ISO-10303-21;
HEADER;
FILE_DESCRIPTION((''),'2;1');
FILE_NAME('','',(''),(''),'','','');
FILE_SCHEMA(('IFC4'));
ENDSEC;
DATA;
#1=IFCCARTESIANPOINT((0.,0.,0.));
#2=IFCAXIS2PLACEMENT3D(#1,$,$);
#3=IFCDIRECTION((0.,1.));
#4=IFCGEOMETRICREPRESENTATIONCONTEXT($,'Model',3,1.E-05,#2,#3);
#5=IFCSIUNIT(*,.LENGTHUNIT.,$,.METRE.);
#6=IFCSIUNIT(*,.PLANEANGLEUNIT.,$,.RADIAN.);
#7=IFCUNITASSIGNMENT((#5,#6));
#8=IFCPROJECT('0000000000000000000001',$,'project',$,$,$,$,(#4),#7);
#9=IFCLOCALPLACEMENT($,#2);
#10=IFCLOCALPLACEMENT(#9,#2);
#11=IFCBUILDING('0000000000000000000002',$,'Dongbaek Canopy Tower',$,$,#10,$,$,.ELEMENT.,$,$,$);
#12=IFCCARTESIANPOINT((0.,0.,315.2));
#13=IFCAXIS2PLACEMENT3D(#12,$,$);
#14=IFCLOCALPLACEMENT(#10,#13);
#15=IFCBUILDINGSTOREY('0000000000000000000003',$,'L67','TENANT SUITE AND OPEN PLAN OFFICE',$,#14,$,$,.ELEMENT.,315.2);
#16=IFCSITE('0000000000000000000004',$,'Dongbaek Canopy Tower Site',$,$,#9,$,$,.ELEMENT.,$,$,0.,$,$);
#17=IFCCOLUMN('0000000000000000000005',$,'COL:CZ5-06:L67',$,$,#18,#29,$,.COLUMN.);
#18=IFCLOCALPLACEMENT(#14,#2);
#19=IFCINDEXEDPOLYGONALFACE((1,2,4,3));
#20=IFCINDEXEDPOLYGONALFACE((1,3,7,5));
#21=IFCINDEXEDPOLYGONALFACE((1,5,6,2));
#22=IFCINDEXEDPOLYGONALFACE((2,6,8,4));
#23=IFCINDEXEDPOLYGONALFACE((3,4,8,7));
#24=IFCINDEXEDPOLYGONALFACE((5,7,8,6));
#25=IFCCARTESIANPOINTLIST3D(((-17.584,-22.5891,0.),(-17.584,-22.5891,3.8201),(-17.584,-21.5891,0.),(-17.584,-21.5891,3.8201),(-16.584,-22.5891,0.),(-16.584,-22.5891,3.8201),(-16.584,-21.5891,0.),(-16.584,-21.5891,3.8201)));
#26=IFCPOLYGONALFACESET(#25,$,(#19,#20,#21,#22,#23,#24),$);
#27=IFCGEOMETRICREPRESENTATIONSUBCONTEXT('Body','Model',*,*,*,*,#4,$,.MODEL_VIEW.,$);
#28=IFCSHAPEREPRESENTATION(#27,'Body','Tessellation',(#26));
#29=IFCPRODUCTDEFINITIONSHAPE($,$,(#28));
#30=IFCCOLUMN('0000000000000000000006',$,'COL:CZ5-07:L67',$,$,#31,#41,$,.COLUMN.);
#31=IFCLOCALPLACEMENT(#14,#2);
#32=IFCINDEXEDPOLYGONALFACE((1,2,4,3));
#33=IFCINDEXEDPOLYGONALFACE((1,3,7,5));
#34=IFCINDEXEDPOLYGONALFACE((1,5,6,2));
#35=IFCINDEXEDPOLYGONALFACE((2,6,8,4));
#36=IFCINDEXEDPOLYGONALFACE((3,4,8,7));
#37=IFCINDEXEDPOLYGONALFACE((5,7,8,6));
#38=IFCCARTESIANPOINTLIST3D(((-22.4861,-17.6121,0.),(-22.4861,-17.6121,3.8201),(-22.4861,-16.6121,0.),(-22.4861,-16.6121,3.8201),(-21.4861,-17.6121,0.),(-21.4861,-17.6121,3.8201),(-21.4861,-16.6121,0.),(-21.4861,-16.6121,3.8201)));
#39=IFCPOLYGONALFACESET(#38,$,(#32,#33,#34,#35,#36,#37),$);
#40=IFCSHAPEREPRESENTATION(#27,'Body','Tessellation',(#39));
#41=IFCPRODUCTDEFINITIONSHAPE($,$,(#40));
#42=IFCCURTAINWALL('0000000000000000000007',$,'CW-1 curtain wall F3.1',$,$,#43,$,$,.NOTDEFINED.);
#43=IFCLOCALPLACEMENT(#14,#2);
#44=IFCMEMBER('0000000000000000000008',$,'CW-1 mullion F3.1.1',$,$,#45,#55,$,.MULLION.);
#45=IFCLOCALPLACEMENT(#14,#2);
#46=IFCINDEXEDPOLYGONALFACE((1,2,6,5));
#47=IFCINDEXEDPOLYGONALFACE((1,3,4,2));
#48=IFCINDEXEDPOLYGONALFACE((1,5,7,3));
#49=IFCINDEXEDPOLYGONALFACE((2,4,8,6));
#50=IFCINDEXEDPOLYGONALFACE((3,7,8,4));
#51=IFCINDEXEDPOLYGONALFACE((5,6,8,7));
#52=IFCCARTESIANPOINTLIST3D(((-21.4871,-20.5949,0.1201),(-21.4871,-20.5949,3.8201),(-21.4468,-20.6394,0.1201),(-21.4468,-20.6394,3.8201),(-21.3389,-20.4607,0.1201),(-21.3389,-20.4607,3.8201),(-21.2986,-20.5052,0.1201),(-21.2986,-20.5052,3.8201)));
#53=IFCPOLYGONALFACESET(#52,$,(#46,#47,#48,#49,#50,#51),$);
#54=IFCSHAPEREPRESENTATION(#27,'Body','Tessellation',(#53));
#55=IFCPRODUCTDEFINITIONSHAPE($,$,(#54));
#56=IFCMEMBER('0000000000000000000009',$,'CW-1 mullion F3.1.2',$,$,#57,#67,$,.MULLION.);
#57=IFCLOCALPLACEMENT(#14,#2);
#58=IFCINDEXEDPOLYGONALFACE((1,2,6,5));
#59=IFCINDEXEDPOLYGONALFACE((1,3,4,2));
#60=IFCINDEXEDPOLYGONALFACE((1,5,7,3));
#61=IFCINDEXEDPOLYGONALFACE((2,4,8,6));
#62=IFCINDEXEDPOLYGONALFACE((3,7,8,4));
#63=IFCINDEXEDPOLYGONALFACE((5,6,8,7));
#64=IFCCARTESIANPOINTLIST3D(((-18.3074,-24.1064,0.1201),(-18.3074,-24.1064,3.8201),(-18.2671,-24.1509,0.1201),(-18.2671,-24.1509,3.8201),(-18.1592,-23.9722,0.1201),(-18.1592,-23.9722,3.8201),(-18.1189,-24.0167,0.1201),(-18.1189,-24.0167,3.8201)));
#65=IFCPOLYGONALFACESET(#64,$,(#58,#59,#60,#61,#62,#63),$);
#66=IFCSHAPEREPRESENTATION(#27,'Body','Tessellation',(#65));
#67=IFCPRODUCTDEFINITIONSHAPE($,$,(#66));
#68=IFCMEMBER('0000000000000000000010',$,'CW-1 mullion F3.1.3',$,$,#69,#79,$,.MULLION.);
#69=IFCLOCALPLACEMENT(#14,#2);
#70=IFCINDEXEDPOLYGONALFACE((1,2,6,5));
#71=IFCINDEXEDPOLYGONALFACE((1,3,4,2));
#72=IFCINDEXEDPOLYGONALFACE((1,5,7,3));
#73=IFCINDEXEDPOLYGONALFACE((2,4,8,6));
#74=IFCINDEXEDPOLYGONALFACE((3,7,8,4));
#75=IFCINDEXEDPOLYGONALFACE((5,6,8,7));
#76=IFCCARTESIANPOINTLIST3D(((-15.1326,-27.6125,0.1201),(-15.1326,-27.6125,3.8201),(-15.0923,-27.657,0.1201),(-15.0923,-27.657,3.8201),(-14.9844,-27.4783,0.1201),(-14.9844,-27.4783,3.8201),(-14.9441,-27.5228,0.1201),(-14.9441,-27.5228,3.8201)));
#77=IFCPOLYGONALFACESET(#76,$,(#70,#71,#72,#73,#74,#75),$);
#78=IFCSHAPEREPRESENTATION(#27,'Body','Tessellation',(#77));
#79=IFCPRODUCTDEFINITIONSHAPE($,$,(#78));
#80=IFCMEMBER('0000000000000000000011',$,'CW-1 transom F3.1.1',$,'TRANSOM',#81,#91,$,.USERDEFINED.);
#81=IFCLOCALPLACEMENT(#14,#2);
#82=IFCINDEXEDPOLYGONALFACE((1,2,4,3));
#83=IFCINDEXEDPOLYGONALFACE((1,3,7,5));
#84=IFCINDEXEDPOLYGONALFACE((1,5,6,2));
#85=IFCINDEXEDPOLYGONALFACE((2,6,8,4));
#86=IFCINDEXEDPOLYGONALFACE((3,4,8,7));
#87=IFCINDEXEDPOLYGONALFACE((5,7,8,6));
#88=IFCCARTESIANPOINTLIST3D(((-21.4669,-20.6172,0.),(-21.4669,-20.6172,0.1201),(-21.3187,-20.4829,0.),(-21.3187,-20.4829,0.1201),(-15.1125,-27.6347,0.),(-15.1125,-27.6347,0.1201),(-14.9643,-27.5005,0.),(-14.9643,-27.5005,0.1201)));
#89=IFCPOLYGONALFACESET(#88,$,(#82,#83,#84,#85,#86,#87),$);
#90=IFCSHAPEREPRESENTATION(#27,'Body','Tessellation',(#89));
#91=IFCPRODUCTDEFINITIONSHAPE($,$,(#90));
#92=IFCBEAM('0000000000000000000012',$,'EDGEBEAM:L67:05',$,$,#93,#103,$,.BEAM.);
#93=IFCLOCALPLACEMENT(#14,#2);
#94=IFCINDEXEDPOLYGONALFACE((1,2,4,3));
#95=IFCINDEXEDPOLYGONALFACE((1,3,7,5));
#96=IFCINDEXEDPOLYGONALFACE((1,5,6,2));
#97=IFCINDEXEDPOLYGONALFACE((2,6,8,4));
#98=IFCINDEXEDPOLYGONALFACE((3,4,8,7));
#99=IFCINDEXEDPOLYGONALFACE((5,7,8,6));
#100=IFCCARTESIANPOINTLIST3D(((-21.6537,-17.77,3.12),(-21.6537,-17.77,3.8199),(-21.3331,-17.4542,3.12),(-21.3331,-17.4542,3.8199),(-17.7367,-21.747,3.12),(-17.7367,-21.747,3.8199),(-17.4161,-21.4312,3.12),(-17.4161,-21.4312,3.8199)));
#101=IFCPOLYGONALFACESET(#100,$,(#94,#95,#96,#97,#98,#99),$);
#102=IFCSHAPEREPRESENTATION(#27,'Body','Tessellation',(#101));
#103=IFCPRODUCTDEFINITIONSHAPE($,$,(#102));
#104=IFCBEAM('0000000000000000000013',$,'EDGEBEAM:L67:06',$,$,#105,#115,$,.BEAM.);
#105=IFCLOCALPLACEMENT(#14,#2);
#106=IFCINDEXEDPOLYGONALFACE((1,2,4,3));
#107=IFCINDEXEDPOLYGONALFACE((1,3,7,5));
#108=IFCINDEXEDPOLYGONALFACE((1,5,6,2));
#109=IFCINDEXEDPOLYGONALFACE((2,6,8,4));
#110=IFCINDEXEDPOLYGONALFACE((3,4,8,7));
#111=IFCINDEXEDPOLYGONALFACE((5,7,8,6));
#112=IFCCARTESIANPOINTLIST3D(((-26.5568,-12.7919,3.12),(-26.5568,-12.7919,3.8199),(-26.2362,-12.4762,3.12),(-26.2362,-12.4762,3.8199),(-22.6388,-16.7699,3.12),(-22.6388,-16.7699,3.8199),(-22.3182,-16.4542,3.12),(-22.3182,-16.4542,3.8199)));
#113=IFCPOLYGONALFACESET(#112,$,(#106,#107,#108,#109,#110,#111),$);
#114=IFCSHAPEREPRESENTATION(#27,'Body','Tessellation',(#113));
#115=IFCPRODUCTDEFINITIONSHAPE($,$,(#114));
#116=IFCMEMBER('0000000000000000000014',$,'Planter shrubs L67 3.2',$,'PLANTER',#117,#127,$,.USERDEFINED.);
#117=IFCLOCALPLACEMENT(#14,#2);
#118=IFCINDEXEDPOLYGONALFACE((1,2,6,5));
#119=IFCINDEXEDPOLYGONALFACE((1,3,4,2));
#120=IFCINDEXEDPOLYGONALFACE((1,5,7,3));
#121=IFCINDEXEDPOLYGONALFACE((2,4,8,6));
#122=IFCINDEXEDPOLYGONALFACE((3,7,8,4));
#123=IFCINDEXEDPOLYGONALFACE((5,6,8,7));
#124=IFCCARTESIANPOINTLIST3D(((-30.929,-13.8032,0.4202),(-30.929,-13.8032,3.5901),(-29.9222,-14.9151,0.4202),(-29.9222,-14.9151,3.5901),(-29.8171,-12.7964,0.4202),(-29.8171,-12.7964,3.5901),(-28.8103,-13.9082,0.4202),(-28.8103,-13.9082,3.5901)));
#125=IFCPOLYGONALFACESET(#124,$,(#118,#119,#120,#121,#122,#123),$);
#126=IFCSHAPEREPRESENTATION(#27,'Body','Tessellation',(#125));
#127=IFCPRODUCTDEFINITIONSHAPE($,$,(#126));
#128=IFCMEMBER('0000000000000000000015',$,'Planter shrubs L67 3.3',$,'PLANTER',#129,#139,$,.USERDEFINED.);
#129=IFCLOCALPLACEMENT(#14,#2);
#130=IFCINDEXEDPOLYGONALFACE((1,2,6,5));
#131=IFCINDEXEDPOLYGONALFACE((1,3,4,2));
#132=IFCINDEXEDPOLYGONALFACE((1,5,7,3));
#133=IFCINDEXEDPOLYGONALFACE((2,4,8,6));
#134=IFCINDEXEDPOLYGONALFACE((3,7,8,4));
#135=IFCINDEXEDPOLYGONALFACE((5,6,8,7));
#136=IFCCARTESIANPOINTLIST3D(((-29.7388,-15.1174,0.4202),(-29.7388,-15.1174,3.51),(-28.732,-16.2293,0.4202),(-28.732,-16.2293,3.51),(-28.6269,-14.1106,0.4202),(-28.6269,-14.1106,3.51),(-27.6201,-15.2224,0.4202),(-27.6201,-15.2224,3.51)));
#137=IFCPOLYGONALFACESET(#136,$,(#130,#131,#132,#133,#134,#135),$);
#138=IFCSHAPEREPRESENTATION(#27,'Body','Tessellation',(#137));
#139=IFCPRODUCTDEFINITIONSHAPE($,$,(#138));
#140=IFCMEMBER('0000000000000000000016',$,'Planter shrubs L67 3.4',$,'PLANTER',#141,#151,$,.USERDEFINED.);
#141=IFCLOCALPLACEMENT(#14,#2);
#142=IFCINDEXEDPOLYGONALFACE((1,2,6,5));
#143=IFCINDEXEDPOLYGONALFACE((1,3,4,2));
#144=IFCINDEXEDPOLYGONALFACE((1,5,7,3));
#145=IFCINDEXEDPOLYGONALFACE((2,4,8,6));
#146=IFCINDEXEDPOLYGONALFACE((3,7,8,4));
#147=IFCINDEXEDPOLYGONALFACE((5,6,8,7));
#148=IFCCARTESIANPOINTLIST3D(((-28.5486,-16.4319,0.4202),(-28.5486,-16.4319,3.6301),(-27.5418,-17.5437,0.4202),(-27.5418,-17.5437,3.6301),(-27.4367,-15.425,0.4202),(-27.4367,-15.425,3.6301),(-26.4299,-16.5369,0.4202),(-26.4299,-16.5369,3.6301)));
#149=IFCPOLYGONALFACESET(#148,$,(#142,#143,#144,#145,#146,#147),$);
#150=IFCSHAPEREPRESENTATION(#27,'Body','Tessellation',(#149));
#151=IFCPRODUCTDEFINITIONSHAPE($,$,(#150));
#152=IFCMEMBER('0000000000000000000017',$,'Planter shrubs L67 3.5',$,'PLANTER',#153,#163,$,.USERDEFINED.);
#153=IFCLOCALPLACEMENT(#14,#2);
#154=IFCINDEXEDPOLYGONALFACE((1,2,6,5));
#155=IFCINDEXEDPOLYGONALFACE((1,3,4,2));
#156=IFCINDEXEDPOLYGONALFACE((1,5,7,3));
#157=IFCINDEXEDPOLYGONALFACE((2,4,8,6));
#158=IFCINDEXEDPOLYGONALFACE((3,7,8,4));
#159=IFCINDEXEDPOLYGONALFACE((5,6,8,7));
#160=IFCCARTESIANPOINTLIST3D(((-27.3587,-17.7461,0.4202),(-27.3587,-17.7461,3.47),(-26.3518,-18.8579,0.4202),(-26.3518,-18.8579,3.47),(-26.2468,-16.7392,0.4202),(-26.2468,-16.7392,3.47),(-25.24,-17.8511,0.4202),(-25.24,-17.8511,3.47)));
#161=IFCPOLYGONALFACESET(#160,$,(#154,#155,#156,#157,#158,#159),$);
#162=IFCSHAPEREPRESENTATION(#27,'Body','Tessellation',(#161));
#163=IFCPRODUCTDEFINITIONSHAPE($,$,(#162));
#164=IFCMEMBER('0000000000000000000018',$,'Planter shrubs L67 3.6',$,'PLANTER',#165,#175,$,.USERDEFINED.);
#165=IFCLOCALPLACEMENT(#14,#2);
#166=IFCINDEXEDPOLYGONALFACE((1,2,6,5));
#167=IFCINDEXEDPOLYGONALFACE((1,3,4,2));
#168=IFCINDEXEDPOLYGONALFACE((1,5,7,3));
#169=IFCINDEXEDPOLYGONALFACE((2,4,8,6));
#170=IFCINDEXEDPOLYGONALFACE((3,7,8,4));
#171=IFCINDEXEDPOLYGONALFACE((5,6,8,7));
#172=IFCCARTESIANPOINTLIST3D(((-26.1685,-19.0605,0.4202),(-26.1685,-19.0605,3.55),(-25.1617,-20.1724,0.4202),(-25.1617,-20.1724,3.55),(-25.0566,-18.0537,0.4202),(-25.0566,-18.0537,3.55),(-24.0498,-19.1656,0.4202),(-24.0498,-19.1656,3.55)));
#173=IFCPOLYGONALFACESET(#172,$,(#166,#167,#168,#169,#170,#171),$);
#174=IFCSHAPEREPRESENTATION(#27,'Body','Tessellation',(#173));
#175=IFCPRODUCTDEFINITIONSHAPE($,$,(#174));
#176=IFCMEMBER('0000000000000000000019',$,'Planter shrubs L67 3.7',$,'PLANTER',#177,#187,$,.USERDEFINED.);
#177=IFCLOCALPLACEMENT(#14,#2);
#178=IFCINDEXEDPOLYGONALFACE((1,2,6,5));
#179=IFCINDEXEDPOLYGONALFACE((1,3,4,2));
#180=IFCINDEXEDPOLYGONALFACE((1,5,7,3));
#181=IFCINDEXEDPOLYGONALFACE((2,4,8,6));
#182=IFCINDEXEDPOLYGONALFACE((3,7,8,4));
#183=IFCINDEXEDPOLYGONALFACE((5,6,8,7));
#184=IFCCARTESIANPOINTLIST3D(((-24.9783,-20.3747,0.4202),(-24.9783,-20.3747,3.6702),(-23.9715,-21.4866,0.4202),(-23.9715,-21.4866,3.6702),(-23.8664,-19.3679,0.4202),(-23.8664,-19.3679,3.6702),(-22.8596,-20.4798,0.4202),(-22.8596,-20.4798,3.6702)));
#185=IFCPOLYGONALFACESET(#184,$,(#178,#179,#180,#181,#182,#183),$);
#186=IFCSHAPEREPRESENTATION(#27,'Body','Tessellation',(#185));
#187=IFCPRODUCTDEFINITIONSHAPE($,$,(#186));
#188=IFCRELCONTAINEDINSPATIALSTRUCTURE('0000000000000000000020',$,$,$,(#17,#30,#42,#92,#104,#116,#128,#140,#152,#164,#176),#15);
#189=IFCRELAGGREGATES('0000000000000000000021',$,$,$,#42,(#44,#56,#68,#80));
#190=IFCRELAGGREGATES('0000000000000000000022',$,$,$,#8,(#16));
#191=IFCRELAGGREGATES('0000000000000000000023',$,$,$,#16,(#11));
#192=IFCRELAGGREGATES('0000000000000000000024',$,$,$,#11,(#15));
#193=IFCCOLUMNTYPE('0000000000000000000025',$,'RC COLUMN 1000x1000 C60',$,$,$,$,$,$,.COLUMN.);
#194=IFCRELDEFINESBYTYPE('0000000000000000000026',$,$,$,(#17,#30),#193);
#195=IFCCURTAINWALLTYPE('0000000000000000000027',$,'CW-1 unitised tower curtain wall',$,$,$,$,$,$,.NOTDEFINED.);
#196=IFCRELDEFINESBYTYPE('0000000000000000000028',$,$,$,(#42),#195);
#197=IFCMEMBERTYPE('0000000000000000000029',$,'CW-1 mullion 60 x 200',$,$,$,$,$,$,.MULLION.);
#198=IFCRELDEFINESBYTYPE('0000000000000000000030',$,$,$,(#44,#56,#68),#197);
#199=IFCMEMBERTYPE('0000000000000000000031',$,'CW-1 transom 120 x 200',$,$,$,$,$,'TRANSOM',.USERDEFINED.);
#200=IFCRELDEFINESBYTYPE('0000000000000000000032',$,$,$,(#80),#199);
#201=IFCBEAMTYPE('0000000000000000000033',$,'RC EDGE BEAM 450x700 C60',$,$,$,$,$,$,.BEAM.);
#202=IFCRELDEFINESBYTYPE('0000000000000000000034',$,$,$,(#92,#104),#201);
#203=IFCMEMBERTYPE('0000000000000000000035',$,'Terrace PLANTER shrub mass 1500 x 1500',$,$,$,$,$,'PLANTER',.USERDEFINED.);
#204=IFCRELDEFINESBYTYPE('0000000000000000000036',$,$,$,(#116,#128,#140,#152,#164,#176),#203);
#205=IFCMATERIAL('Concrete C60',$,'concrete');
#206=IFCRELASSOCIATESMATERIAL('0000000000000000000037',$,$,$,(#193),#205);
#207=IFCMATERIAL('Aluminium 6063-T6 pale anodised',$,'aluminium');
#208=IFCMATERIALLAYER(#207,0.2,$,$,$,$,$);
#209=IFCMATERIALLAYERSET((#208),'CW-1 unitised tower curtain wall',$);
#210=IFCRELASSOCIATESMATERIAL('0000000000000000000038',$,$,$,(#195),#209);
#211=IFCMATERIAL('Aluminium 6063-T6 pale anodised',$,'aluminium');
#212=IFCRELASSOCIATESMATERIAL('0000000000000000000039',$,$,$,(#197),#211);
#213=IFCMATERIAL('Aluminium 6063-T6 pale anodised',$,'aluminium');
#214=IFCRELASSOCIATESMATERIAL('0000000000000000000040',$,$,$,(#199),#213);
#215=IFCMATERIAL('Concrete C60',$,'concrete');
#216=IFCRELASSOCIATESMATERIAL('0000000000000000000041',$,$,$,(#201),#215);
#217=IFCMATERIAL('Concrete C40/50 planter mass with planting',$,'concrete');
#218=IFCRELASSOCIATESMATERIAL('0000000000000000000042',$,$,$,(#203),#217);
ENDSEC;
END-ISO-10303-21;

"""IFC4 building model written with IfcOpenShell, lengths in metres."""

from ifc_helpers import new_model, si_unit, direction, frame, origin, origin_2d, place, context, subcontext, project, spatial, rectangle, extrude, material, layer, layer_set, material_profile, profile_set, type_object, element, aggregate, save


model = new_model("IFC4")

# Units and contexts
model_context = context("Model", 3, precision=1e-05, world=origin(), true_north=direction((0.0, 1.0)))
body_context = subcontext(model_context, "Body", "Model", "MODEL_VIEW")
ifc_project = project(units=[si_unit("LENGTHUNIT", "METRE"), si_unit("PLANEANGLEUNIT", "RADIAN")], contexts=[model_context])

# Site, building, storey
site_placement = place(None, origin())
site = spatial("IfcSite", under=ifc_project, at=site_placement, Name="Dongbaek Canopy Tower Site", CompositionType="ELEMENT", RefElevation=0.0)
building_placement = place(site_placement, origin())
building = spatial("IfcBuilding", under=site, at=building_placement, Name="Dongbaek Canopy Tower", CompositionType="ELEMENT")
storey_placement = place(building_placement, frame((0.0, 0.0, 315.2)))
storey = spatial("IfcBuildingStorey", under=building, at=storey_placement, Name="L67", Description="TENANT SUITE AND OPEN PLAN OFFICE", CompositionType="ELEMENT", Elevation=315.2)

# Columns
ifc_material_1 = material(Name="Concrete C60", Category="concrete")
ifc_material_profile_1 = material_profile(ifc_material_1, rectangle(XDim=1.0, YDim=1.0, at=origin_2d()), Name="RC COLUMN 1000x1000 C60")
ifc_profile_set_1 = profile_set([ifc_material_profile_1], Name="Concrete C60")
column_type = type_object("IfcColumnType", Name="RC COLUMN 1000x1000 C60", PredefinedType="COLUMN", material=ifc_profile_set_1)
for number, where, z_axis, x_axis, name in (
    (1, (-17.084, -22.0891, 0.0), (0.0, 0.0, 1.0), (1.0, 0.0, 0.0), "COL:CZ5-06:L67"),
    (2, (-21.9861, -17.1121, 0.0), (0.0, 0.0, 1.0), (1.0, 0.0, 0.0), "COL:CZ5-07:L67"),
):
    element("IfcColumn", number, at=place(storey_placement, frame(where, z_axis=z_axis, x_axis=x_axis)), inside=storey, type_object=column_type, Name=name, PredefinedType="COLUMN", context=body_context, shape_type="SweptSolid", body=[
        extrude(rectangle(XDim=1.0, YDim=1.0, at=origin_2d()), origin(), (0.0, 0.0, 1.0), 3.8201),
    ])

# Curtain wall, members
ifc_material_2 = material(Name="Aluminium 6063-T6 pale anodised", Category="aluminium")
ifc_layer_1 = layer(ifc_material_2, 0.2)
ifc_layer_set_1 = layer_set([ifc_layer_1], Name="CW-1 unitised tower curtain wall")
curtain_wall_type = type_object("IfcCurtainWallType", Name="CW-1 unitised tower curtain wall", PredefinedType="NOTDEFINED", material=ifc_layer_set_1)
curtain_wall_placement = place(storey_placement, origin())
curtain_wall = element("IfcCurtainWall", 3, at=curtain_wall_placement, inside=storey, type_object=curtain_wall_type, Name="CW-1 curtain wall F3.1", PredefinedType="NOTDEFINED")
ifc_material_3 = material(Name="Aluminium 6063-T6 pale anodised", Category="aluminium")
ifc_material_profile_2 = material_profile(ifc_material_3, rectangle(XDim=0.2, YDim=0.0601, at=origin_2d()), Name="CW-1 mullion 60 x 200")
ifc_profile_set_2 = profile_set([ifc_material_profile_2], Name="Aluminium 6063-T6 pale anodised")
member_type_1 = type_object("IfcMemberType", Name="CW-1 mullion 60 x 200", PredefinedType="MULLION", material=ifc_profile_set_2)
member_1_placement = place(storey_placement, frame((-21.3928, -20.55, 0.1201), z_axis=(0.0, 0.0, 1.0), x_axis=(-0.741254, -0.671225, 0.0)))
member_1 = element("IfcMember", 4, at=member_1_placement, type_object=member_type_1, Name="CW-1 mullion F3.1.1", PredefinedType="MULLION", context=body_context, shape_type="SweptSolid", body=[
    extrude(rectangle(XDim=0.2, YDim=0.0601, at=origin_2d()), origin(), (0.0, 0.0, 1.0), 3.7),
])
member_2_placement = place(storey_placement, frame((-18.2131, -24.0615, 0.1201), z_axis=(0.0, 0.0, 1.0), x_axis=(-0.741254, -0.671225, 0.0)))
member_2 = element("IfcMember", 5, at=member_2_placement, type_object=member_type_1, Name="CW-1 mullion F3.1.2", PredefinedType="MULLION", context=body_context, shape_type="SweptSolid", body=[
    extrude(rectangle(XDim=0.2, YDim=0.0601, at=origin_2d()), origin(), (0.0, 0.0, 1.0), 3.7),
])
member_3_placement = place(storey_placement, frame((-15.0383, -27.5676, 0.1201), z_axis=(0.0, 0.0, 1.0), x_axis=(-0.741254, -0.671225, 0.0)))
member_3 = element("IfcMember", 6, at=member_3_placement, type_object=member_type_1, Name="CW-1 mullion F3.1.3", PredefinedType="MULLION", context=body_context, shape_type="SweptSolid", body=[
    extrude(rectangle(XDim=0.2, YDim=0.0601, at=origin_2d()), origin(), (0.0, 0.0, 1.0), 3.7),
])
ifc_material_4 = material(Name="Aluminium 6063-T6 pale anodised", Category="aluminium")
ifc_material_profile_3 = material_profile(ifc_material_4, rectangle(XDim=0.2, YDim=0.1201, at=origin_2d()), Name="CW-1 transom 120 x 200")
ifc_profile_set_3 = profile_set([ifc_material_profile_3], Name="Aluminium 6063-T6 pale anodised")
member_type_2 = type_object("IfcMemberType", Name="CW-1 transom 120 x 200", ElementType="TRANSOM", PredefinedType="USERDEFINED", material=ifc_profile_set_3)
member_4_placement = place(storey_placement, frame((-21.3928, -20.55, 0.0601), z_axis=(0.671218, -0.74126, 0.0), x_axis=(0.74126, 0.671218, 0.0)))
member_4 = element("IfcMember", 7, at=member_4_placement, type_object=member_type_2, Name="CW-1 transom F3.1.1", ObjectType="TRANSOM", PredefinedType="USERDEFINED", context=body_context, shape_type="SweptSolid", body=[
    extrude(rectangle(XDim=0.2, YDim=0.1201, at=origin_2d()), origin(), (0.0, 0.0, 1.0), 9.467),
])

# Beams
ifc_material_5 = material(Name="Concrete C60", Category="concrete")
ifc_material_profile_4 = material_profile(ifc_material_5, rectangle(XDim=0.45, YDim=0.7, at=origin_2d()), Name="RC EDGE BEAM 450x700 C60")
ifc_profile_set_4 = profile_set([ifc_material_profile_4], Name="Concrete C60")
beam_type = type_object("IfcBeamType", Name="RC EDGE BEAM 450x700 C60", PredefinedType="BEAM", material=ifc_profile_set_4)
beam_1_placement = place(storey_placement, frame((-17.5764, -21.5891, 3.47), z_axis=(-0.701707, 0.712466, 0.0), x_axis=(-0.712466, -0.701707, 0.0)))
element("IfcBeam", 8, at=beam_1_placement, inside=storey, type_object=beam_type, Name="EDGEBEAM:L67:05", PredefinedType="BEAM", context=body_context, shape_type="SweptSolid", body=[
    extrude(rectangle(XDim=0.45, YDim=0.7, at=origin_2d()), origin(), (0.0, 0.0, 1.0), 5.582),
])
beam_2_placement = place(storey_placement, frame((-22.4785, -16.6121, 3.47), z_axis=(-0.701708, 0.712465, 0.0), x_axis=(-0.712465, -0.701708, 0.0)))
element("IfcBeam", 9, at=beam_2_placement, inside=storey, type_object=beam_type, Name="EDGEBEAM:L67:06", PredefinedType="BEAM", context=body_context, shape_type="SweptSolid", body=[
    extrude(rectangle(XDim=0.45, YDim=0.7, at=origin_2d()), origin(), (0.0, 0.0, 1.0), 5.5835),
])

# Members
ifc_material_6 = material(Name="Concrete C40/50 planter mass with planting", Category="concrete")
ifc_material_profile_5 = material_profile(ifc_material_6, rectangle(XDim=1.5, YDim=1.5, at=origin_2d()), Name="Terrace PLANTER shrub mass 1500 x 1500")
ifc_profile_set_5 = profile_set([ifc_material_profile_5], Name="Concrete C40/50 planter mass with planting")
member_type_3 = type_object("IfcMemberType", Name="Terrace PLANTER shrub mass 1500 x 1500", ElementType="PLANTER", PredefinedType="USERDEFINED", material=ifc_profile_set_5)
member_5_placement = place(storey_placement, frame((-29.8696, -13.8557, 0.4202), z_axis=(0.0, 0.0, 1.0), x_axis=(-0.741254, -0.671225, 0.0)))
element("IfcMember", 10, at=member_5_placement, inside=storey, type_object=member_type_3, Name="Planter shrubs L67 3.2", ObjectType="PLANTER", PredefinedType="USERDEFINED", context=body_context, shape_type="SweptSolid", body=[
    extrude(rectangle(XDim=1.5, YDim=1.5, at=origin_2d()), origin(), (0.0, 0.0, 1.0), 3.1699),
])
member_6_placement = place(storey_placement, frame((-28.6794, -15.1699, 0.4202), z_axis=(0.0, 0.0, 1.0), x_axis=(-0.741254, -0.671225, 0.0)))
element("IfcMember", 11, at=member_6_placement, inside=storey, type_object=member_type_3, Name="Planter shrubs L67 3.3", ObjectType="PLANTER", PredefinedType="USERDEFINED", context=body_context, shape_type="SweptSolid", body=[
    extrude(rectangle(XDim=1.5, YDim=1.5, at=origin_2d()), origin(), (0.0, 0.0, 1.0), 3.0898),
])
member_7_placement = place(storey_placement, frame((-27.4893, -16.4844, 0.4202), z_axis=(0.0, 0.0, 1.0), x_axis=(-0.741254, -0.671225, 0.0)))
element("IfcMember", 12, at=member_7_placement, inside=storey, type_object=member_type_3, Name="Planter shrubs L67 3.4", ObjectType="PLANTER", PredefinedType="USERDEFINED", context=body_context, shape_type="SweptSolid", body=[
    extrude(rectangle(XDim=1.5, YDim=1.5, at=origin_2d()), origin(), (0.0, 0.0, 1.0), 3.21),
])
member_8_placement = place(storey_placement, frame((-26.2993, -17.7986, 0.4202), z_axis=(0.0, 0.0, 1.0), x_axis=(-0.741254, -0.671225, 0.0)))
element("IfcMember", 13, at=member_8_placement, inside=storey, type_object=member_type_3, Name="Planter shrubs L67 3.5", ObjectType="PLANTER", PredefinedType="USERDEFINED", context=body_context, shape_type="SweptSolid", body=[
    extrude(rectangle(XDim=1.5, YDim=1.5, at=origin_2d()), origin(), (0.0, 0.0, 1.0), 3.0498),
])
member_9_placement = place(storey_placement, frame((-25.1091, -19.113, 0.4202), z_axis=(0.0, 0.0, 1.0), x_axis=(-0.741254, -0.671225, 0.0)))
element("IfcMember", 14, at=member_9_placement, inside=storey, type_object=member_type_3, Name="Planter shrubs L67 3.6", ObjectType="PLANTER", PredefinedType="USERDEFINED", context=body_context, shape_type="SweptSolid", body=[
    extrude(rectangle(XDim=1.5, YDim=1.5, at=origin_2d()), origin(), (0.0, 0.0, 1.0), 3.1299),
])
member_10_placement = place(storey_placement, frame((-23.9189, -20.4272, 0.4202), z_axis=(0.0, 0.0, 1.0), x_axis=(-0.741254, -0.671225, 0.0)))
element("IfcMember", 15, at=member_10_placement, inside=storey, type_object=member_type_3, Name="Planter shrubs L67 3.7", ObjectType="PLANTER", PredefinedType="USERDEFINED", context=body_context, shape_type="SweptSolid", body=[
    extrude(rectangle(XDim=1.5, YDim=1.5, at=origin_2d()), origin(), (0.0, 0.0, 1.0), 3.25),
])

aggregate(curtain_wall, [member_1, member_2, member_3, member_4])

save(model, "model.ifc")
